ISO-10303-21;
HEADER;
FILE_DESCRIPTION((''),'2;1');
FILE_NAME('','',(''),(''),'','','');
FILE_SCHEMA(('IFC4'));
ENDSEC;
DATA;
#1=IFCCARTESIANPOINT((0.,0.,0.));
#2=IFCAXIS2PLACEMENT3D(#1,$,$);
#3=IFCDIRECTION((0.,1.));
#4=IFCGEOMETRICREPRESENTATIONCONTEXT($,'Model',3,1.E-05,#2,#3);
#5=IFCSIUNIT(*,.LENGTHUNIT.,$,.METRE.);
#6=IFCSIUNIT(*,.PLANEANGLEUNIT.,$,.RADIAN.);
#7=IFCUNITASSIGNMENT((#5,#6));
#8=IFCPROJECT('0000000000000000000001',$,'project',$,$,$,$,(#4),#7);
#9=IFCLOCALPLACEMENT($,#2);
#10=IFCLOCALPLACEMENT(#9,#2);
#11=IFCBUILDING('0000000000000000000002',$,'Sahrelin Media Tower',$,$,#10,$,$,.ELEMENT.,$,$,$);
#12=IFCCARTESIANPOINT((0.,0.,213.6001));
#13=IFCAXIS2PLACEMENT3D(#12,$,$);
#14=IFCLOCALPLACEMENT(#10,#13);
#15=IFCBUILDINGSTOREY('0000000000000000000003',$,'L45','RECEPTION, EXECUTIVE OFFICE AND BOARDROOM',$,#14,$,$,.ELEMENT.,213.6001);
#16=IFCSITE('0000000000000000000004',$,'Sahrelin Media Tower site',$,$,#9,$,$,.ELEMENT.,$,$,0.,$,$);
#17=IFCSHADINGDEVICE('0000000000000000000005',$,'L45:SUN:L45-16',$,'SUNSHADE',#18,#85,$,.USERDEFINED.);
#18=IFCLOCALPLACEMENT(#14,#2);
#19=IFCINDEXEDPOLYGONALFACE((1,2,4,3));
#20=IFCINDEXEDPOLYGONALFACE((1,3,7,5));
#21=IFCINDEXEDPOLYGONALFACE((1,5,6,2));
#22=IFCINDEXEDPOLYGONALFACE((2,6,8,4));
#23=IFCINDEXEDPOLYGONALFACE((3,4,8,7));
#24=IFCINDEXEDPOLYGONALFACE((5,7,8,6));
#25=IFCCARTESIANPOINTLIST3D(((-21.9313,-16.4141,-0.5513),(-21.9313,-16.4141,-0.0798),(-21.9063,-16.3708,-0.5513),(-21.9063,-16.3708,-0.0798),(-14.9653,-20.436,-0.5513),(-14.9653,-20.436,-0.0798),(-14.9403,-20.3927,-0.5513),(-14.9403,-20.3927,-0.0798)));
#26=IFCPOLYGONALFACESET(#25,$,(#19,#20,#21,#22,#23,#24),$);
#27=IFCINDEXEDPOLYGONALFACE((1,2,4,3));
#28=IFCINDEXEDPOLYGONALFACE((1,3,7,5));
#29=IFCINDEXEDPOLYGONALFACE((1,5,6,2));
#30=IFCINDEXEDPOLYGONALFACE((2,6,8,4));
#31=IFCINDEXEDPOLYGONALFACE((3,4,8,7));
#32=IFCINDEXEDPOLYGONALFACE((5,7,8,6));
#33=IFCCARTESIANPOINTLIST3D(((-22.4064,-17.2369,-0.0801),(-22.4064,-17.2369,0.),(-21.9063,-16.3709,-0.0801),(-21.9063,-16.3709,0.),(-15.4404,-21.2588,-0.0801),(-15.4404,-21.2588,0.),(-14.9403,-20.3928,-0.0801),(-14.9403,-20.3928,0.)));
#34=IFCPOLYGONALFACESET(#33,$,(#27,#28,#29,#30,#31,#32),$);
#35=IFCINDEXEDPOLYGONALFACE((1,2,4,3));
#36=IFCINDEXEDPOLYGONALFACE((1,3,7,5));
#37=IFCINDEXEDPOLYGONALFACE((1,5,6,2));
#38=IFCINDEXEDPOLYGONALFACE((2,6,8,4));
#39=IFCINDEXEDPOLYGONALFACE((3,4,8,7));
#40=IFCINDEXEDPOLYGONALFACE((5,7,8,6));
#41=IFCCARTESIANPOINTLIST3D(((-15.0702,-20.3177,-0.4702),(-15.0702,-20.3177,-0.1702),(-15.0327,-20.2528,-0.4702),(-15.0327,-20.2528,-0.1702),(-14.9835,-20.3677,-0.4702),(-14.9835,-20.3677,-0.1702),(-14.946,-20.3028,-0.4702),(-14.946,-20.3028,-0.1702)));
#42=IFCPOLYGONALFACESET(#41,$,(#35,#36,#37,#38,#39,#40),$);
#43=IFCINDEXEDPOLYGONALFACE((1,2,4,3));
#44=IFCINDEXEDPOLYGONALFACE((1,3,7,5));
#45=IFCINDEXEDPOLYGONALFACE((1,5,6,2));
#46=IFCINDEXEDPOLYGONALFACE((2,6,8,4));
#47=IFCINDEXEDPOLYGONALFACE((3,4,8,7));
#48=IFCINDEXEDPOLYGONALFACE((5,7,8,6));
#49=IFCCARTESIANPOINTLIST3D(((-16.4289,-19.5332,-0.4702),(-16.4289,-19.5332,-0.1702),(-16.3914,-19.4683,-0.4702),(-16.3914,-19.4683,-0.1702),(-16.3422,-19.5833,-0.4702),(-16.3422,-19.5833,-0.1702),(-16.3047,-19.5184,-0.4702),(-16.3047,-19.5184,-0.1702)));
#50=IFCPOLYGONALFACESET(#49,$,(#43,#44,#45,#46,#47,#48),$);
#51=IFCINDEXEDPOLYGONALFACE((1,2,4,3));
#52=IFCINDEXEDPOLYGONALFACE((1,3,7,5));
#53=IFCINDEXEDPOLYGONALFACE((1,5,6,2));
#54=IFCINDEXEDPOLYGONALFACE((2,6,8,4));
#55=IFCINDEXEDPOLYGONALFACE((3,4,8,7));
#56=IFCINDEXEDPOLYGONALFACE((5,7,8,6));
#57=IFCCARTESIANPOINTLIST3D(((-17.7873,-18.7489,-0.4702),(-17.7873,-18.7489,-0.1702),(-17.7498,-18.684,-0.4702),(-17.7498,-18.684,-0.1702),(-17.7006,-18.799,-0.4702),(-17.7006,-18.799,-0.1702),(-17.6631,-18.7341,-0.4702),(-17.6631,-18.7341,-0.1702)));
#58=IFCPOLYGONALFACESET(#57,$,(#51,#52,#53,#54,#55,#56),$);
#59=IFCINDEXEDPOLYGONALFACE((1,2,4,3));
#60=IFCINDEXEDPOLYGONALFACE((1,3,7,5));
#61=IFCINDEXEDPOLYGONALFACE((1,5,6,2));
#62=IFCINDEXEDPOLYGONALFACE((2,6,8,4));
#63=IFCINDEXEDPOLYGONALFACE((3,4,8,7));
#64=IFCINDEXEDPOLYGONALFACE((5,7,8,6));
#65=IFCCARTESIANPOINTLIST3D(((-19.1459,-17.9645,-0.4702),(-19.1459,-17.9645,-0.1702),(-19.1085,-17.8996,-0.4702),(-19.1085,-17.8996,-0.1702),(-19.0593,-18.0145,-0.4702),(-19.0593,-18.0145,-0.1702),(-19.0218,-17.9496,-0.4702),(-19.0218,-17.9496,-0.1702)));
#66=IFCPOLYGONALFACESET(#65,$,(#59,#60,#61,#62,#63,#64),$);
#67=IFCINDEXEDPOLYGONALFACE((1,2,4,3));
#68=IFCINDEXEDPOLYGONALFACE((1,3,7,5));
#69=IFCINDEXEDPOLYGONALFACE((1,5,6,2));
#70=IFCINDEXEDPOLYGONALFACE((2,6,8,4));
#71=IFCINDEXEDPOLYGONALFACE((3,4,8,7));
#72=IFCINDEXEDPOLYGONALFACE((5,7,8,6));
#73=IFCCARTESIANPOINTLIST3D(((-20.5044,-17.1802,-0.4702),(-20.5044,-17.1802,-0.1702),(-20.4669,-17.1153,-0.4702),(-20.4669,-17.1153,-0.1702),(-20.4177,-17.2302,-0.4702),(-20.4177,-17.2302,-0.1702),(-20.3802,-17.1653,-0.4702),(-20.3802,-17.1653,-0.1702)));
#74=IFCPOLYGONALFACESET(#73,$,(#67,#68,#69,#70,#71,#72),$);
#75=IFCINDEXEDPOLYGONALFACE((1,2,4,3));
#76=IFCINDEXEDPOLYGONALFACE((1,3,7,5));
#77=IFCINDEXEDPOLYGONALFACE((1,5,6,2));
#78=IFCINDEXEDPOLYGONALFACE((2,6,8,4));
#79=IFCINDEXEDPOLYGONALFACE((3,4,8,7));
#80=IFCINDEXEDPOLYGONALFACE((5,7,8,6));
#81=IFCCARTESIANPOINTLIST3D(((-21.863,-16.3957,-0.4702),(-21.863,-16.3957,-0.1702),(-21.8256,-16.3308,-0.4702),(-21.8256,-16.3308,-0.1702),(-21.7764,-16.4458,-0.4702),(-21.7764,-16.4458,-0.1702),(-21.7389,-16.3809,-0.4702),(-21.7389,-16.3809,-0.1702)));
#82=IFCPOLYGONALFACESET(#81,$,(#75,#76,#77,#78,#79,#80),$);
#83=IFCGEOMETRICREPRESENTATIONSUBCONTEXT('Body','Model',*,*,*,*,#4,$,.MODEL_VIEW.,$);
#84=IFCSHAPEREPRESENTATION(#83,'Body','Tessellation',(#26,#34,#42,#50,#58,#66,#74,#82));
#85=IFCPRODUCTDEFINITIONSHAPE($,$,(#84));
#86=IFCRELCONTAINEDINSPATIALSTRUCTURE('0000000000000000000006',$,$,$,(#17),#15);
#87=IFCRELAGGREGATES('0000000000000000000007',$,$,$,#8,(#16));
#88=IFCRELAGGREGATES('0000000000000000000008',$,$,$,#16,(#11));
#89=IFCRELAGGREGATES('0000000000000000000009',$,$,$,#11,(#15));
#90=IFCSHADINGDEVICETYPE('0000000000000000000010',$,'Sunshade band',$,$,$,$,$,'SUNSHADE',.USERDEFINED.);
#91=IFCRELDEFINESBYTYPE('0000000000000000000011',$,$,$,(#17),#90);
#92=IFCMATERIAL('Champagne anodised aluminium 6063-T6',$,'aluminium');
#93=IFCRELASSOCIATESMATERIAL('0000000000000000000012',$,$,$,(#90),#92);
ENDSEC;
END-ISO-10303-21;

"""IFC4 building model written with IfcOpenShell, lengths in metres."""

from ifc_helpers import new_model, si_unit, direction, frame, origin, origin_2d, place, context, subcontext, project, spatial, rectangle, extrude, material, type_object, element, save


model = new_model("IFC4")

# Units and contexts
model_context = context("Model", 3, precision=1e-05, world=origin(), true_north=direction((0.0, 1.0)))
body_context = subcontext(model_context, "Body", "Model", "MODEL_VIEW")
ifc_project = project(units=[si_unit("LENGTHUNIT", "METRE"), si_unit("PLANEANGLEUNIT", "RADIAN")], contexts=[model_context])

# Site, building, storey
site_placement = place(None, origin())
site = spatial("IfcSite", under=ifc_project, at=site_placement, Name="Sahrelin Media Tower site", CompositionType="ELEMENT", RefElevation=0.0)
building_placement = place(site_placement, origin())
building = spatial("IfcBuilding", under=site, at=building_placement, Name="Sahrelin Media Tower", CompositionType="ELEMENT")
storey_placement = place(building_placement, frame((0.0, 0.0, 213.6001)))
storey = spatial("IfcBuildingStorey", under=building, at=storey_placement, Name="L45", Description="RECEPTION, EXECUTIVE OFFICE AND BOARDROOM", CompositionType="ELEMENT", Elevation=213.6001)

# Shared definitions
ifc_material_1 = material(Name="Champagne anodised aluminium 6063-T6", Category="aluminium")

# Shading device
placement_1 = place(storey_placement, frame((-18.4133, -18.3645, 0.0), z_axis=(0.0, 0.0, 1.0), x_axis=(-0.866019, 0.500011, 0.0)))
shading_device_type_1 = type_object("IfcShadingDeviceType", Name="Sunshade band", ElementType="SUNSHADE", PredefinedType="USERDEFINED", material=ifc_material_1)
element("IfcShadingDevice", 1, at=placement_1, inside=storey, type_object=shading_device_type_1, Name="L45:SUN:L45-16", ObjectType="SUNSHADE", PredefinedType="USERDEFINED", context=body_context, shape_type="SweptSolid", body=[
    extrude(rectangle(XDim=8.0437, YDim=0.05, at=origin_2d()), frame((0.0, 0.0449, -0.5513)), (0.0, 0.0, 1.0), 0.4714),
    extrude(rectangle(XDim=8.0437, YDim=1.0, at=origin_2d()), frame((0.0, 0.52, -0.0801)), (0.0, 0.0, 1.0), 0.0801),
    extrude(rectangle(XDim=0.1001, YDim=0.075, at=origin_2d()), frame((-3.9219, -0.0176, -0.4702)), (0.0, 0.0, 1.0), 0.3),
    extrude(rectangle(XDim=0.1001, YDim=0.075, at=origin_2d()), frame((-2.353, -0.0176, -0.4702)), (0.0, 0.0, 1.0), 0.3),
    extrude(rectangle(XDim=0.1001, YDim=0.075, at=origin_2d()), frame((-0.7844, -0.0176, -0.4702)), (0.0, 0.0, 1.0), 0.3),
    extrude(rectangle(XDim=0.1001, YDim=0.075, at=origin_2d()), frame((0.7844, -0.0176, -0.4702)), (0.0, 0.0, 1.0), 0.3),
    extrude(rectangle(XDim=0.1001, YDim=0.075, at=origin_2d()), frame((2.353, -0.0176, -0.4702)), (0.0, 0.0, 1.0), 0.3),
    extrude(rectangle(XDim=0.1001, YDim=0.075, at=origin_2d()), frame((3.9219, -0.0176, -0.4702)), (0.0, 0.0, 1.0), 0.3),
])

save(model, "model.ifc")
